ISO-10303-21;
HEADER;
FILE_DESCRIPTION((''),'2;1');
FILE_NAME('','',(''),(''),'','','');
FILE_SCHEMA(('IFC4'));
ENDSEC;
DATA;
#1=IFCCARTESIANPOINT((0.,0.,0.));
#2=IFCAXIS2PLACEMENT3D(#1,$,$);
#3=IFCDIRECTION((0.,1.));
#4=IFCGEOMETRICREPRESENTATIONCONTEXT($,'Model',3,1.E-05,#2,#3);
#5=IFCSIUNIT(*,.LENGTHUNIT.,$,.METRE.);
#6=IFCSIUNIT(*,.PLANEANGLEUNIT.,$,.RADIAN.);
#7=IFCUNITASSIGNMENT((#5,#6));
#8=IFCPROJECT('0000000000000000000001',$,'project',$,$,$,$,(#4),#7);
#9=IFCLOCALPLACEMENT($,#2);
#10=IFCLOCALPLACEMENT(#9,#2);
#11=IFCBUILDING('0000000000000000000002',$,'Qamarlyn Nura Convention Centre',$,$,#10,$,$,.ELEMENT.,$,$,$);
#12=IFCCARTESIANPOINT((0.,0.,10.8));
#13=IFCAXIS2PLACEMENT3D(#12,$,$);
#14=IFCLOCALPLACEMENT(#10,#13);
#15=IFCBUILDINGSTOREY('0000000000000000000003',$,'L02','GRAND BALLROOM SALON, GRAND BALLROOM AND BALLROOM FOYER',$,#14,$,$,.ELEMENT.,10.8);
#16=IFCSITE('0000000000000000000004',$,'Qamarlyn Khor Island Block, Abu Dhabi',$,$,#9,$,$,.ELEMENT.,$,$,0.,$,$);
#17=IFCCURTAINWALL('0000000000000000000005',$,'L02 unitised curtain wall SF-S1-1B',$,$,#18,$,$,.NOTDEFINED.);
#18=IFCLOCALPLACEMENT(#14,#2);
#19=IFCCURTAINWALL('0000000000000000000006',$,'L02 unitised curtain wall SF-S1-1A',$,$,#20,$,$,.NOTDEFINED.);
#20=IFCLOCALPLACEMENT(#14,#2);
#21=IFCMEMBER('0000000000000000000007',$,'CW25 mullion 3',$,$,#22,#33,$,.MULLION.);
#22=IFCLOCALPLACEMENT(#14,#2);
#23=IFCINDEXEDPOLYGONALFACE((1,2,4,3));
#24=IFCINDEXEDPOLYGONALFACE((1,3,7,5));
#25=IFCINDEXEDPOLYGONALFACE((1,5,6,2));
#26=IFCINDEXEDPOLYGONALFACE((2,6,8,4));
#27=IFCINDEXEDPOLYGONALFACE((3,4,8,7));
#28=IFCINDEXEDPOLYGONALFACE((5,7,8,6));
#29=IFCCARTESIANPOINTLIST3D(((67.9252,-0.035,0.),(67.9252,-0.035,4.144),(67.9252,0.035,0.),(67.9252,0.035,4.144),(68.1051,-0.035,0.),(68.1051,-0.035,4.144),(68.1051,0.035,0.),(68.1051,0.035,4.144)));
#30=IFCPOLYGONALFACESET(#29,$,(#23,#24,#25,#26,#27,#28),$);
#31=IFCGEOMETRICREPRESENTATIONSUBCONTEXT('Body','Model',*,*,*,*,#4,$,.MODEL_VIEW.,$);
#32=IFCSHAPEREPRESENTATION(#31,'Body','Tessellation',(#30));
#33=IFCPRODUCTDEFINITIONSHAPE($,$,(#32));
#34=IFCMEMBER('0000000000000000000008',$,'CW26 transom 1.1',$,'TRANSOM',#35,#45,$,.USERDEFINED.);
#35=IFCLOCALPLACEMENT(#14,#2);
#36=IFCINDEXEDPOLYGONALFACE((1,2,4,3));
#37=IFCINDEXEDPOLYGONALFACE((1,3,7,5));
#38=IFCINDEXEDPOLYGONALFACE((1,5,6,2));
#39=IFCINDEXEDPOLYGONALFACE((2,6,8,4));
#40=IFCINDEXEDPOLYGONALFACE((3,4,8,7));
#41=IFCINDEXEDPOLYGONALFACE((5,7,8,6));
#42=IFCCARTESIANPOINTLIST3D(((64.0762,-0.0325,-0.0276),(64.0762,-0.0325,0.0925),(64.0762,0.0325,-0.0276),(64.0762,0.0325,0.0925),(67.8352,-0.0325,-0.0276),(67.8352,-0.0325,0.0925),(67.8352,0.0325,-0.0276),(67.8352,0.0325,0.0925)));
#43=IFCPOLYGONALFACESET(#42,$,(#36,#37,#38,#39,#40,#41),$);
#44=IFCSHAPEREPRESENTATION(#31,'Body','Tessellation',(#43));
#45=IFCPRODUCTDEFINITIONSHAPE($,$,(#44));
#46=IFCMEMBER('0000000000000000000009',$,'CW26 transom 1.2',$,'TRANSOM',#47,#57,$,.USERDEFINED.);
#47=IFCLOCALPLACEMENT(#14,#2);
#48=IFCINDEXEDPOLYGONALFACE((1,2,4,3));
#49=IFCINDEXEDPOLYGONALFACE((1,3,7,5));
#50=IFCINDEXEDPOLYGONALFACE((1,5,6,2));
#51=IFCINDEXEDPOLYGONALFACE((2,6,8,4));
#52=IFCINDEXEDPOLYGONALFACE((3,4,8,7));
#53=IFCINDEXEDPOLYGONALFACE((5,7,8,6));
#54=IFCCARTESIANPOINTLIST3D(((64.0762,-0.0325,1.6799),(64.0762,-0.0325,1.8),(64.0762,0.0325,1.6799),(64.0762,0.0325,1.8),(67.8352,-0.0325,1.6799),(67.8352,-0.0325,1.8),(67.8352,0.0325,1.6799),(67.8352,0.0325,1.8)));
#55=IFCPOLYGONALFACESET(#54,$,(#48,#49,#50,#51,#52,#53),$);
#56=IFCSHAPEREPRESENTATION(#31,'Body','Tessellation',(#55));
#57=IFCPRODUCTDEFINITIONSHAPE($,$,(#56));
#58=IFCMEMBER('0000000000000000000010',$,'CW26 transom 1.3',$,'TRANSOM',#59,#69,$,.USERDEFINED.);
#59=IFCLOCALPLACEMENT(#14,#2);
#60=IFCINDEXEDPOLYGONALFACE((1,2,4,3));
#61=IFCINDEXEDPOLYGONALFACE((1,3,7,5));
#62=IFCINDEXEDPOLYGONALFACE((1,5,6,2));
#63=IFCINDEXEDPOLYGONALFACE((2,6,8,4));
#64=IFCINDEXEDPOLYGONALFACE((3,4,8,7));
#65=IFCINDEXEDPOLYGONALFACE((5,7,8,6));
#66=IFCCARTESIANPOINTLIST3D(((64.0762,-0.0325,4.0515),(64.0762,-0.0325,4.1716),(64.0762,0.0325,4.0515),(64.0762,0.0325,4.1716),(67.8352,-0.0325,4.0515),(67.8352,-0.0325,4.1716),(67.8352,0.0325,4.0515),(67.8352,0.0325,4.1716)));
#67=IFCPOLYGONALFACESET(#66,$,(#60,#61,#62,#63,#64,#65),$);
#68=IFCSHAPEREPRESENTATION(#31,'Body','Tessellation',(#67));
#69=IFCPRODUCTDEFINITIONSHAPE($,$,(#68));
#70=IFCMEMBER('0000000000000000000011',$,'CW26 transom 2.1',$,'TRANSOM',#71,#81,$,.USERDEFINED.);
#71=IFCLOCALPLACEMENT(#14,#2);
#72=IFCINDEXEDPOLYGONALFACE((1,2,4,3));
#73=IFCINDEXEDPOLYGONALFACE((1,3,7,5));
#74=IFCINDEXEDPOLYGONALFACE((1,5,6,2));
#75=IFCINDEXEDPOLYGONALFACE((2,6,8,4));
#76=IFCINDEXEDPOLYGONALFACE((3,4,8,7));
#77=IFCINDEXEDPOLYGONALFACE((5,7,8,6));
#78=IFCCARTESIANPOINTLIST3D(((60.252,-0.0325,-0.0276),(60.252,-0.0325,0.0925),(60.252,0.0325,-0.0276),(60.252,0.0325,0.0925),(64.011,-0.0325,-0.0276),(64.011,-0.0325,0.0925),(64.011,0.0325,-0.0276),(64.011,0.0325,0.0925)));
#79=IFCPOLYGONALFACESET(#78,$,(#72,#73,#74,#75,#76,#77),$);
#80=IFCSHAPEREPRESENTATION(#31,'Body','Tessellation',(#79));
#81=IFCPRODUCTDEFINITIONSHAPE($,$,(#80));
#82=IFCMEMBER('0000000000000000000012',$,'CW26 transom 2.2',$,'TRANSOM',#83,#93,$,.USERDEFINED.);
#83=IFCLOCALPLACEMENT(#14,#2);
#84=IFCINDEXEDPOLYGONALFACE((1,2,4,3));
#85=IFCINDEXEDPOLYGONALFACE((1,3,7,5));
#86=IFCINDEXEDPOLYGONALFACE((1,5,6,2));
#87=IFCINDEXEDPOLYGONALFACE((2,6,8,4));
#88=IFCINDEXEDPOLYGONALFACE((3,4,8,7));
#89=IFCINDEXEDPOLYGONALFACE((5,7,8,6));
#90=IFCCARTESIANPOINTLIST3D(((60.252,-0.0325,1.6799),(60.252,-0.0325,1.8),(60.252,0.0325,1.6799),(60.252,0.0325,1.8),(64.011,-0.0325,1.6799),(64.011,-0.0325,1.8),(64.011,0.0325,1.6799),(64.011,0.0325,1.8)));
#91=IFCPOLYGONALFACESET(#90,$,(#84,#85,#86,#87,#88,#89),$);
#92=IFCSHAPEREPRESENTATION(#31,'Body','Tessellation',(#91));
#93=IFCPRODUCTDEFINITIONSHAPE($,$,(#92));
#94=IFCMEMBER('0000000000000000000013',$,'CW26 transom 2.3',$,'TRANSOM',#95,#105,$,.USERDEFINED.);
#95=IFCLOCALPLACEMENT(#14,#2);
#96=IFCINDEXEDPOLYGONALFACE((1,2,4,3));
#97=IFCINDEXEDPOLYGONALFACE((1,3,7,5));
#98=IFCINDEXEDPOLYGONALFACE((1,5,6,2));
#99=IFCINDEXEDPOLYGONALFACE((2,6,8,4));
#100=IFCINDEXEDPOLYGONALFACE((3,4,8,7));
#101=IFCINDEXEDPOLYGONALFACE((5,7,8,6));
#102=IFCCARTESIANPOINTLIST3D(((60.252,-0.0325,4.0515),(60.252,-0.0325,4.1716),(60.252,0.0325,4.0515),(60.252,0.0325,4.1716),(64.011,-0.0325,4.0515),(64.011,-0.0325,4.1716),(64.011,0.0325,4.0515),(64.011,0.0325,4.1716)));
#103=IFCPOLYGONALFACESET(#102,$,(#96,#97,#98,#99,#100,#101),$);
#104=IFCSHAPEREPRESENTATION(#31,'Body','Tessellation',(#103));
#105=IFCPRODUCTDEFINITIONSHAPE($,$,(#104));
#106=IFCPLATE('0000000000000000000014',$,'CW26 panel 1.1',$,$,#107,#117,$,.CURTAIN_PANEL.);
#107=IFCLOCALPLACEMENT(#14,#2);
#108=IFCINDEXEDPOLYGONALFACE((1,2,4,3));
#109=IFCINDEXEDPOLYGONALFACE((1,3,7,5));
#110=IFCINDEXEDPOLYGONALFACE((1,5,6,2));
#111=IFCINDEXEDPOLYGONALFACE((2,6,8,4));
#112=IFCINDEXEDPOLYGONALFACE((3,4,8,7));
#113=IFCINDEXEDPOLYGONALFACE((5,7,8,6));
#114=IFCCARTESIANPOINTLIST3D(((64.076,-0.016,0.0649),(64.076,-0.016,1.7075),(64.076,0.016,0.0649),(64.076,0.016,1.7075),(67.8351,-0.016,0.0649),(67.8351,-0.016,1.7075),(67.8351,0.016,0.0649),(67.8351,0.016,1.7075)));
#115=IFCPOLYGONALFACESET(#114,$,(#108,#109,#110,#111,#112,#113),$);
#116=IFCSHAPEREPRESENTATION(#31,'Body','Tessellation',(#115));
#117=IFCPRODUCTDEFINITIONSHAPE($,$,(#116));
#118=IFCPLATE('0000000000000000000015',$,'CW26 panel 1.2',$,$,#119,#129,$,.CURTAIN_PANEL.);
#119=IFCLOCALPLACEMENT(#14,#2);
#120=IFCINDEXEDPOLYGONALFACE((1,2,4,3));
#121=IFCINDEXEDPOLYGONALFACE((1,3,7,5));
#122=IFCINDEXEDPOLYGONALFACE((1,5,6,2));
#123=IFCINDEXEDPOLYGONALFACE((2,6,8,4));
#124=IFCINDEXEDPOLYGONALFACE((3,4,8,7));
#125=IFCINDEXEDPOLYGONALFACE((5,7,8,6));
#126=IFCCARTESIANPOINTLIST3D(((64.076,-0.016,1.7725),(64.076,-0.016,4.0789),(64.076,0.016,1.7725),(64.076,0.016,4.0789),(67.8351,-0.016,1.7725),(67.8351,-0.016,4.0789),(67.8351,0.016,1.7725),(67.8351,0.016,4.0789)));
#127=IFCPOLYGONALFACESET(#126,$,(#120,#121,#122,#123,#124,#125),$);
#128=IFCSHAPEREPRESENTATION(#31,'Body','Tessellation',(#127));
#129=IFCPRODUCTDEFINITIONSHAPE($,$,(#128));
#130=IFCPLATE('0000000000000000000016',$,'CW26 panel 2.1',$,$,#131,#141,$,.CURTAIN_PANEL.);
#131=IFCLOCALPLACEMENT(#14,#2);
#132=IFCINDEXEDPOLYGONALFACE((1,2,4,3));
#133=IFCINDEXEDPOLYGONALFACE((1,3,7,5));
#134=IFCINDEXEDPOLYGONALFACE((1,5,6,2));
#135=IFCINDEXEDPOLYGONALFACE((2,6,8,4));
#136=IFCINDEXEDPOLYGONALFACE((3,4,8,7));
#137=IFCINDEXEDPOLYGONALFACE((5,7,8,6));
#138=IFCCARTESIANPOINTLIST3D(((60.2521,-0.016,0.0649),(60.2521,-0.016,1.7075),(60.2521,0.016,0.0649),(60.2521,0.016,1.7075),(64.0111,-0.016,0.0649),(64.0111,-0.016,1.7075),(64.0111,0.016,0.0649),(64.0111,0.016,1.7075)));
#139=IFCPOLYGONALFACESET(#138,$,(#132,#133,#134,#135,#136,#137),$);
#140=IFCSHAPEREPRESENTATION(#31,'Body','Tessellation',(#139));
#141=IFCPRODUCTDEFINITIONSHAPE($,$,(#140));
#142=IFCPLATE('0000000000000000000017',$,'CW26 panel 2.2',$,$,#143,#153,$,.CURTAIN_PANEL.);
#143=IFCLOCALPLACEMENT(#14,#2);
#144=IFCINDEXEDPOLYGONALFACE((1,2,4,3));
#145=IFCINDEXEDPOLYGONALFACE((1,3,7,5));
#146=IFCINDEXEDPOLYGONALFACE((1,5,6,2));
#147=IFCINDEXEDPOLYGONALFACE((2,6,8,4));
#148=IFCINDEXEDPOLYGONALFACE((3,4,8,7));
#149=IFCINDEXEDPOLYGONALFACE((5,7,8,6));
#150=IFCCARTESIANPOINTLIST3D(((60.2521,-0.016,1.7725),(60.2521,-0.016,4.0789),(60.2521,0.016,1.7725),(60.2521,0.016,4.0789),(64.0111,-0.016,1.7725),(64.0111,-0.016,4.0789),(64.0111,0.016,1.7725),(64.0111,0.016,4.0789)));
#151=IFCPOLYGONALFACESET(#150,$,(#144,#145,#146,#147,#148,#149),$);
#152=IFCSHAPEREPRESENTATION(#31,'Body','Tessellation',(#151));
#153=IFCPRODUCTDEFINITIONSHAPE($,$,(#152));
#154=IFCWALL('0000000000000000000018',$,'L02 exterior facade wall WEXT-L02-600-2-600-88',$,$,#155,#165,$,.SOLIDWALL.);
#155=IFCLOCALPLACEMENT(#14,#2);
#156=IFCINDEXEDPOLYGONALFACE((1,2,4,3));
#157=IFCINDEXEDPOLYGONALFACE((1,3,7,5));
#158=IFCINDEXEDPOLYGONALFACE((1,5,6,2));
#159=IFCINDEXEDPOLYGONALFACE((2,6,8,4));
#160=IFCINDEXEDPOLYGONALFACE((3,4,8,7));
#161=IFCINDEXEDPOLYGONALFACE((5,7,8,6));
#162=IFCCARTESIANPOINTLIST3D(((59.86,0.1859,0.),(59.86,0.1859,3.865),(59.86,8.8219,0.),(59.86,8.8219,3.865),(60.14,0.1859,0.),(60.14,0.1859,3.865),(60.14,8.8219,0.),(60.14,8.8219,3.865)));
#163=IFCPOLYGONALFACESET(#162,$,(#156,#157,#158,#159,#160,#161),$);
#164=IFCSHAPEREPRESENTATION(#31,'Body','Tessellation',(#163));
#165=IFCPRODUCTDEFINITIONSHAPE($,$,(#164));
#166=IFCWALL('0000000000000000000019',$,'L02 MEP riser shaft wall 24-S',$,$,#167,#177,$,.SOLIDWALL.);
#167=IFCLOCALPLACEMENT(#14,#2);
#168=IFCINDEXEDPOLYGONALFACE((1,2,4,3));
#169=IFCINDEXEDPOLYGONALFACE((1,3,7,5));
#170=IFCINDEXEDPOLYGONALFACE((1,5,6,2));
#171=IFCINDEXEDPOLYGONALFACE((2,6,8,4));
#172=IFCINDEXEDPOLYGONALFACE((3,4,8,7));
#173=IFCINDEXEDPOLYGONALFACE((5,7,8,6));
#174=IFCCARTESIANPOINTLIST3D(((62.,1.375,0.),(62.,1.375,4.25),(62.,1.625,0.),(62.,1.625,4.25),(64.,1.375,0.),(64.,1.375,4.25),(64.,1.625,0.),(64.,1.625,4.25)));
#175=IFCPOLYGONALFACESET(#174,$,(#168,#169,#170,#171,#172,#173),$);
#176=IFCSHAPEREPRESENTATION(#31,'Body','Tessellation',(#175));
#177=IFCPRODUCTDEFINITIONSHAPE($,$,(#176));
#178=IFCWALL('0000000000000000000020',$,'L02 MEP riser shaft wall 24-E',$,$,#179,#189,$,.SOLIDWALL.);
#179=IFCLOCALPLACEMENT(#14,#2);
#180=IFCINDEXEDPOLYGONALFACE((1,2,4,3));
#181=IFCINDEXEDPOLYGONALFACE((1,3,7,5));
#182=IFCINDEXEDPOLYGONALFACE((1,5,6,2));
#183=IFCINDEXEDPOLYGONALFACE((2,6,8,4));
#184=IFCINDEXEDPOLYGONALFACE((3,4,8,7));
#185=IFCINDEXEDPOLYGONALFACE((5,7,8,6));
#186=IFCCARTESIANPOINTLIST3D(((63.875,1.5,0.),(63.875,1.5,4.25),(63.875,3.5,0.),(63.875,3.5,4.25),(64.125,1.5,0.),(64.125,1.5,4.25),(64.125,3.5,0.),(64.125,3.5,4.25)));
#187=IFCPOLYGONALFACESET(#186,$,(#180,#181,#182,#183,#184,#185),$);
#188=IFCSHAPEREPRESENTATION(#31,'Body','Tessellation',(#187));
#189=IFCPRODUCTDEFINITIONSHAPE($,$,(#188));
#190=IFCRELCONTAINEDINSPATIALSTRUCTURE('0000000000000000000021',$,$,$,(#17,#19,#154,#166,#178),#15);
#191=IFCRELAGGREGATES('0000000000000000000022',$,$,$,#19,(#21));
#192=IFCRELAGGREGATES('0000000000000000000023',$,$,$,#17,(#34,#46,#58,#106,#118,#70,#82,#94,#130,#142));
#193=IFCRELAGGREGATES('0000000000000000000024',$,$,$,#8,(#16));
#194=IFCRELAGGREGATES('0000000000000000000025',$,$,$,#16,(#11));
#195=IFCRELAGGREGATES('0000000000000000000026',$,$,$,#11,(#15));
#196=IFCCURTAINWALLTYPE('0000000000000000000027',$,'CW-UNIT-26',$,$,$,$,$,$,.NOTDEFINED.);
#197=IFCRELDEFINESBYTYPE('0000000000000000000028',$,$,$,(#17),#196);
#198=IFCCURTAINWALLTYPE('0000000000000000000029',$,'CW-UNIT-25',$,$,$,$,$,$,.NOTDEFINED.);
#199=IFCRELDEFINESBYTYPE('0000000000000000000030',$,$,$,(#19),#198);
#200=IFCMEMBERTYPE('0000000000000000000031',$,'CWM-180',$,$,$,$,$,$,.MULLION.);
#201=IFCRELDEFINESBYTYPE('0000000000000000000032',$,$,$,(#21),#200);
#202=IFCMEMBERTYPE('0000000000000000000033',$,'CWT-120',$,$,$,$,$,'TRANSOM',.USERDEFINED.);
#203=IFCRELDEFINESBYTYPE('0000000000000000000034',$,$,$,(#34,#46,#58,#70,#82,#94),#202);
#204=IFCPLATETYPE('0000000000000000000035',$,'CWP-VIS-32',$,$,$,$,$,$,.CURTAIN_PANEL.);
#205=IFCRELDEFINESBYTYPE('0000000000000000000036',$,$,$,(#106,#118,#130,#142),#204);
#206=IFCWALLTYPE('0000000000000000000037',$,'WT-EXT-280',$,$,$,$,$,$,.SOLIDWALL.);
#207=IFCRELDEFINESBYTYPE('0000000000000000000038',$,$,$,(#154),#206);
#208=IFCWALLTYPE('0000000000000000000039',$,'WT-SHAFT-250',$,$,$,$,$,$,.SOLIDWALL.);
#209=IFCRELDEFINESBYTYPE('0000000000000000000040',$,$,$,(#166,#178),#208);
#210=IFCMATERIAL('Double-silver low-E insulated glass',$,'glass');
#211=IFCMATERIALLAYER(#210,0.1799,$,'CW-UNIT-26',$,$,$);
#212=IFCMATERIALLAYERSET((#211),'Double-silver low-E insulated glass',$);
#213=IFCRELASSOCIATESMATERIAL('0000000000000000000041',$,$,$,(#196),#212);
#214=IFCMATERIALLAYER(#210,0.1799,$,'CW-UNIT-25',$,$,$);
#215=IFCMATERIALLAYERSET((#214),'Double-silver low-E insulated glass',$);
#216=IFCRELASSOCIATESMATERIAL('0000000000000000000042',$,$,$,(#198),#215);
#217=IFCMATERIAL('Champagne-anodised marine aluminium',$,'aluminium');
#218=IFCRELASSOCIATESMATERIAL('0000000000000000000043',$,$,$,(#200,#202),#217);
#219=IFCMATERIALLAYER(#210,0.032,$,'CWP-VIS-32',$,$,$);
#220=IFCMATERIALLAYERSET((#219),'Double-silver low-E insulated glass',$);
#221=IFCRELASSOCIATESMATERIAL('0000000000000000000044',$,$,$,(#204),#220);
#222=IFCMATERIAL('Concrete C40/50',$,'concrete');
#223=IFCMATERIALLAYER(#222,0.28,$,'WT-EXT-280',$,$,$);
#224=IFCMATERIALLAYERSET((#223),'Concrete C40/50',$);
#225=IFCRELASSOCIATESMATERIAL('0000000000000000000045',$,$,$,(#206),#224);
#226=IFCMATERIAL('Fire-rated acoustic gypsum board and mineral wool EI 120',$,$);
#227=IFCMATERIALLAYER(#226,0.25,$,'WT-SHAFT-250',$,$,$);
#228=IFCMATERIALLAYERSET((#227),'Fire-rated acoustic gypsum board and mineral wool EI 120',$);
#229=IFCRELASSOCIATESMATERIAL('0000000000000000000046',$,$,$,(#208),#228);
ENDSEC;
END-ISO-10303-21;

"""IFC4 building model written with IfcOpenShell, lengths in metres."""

from ifc_helpers import new_model, si_unit, direction, frame, frame_2d, origin, origin_2d, place, context, subcontext, project, spatial, rectangle, extrude, material, layer, layer_set, material_profile, profile_set, type_object, element, aggregate, save


model = new_model("IFC4")

# Units and contexts
model_context = context("Model", 3, precision=1e-05, world=origin(), true_north=direction((0.0, 1.0)))
body_context = subcontext(model_context, "Body", "Model", "MODEL_VIEW")
ifc_project = project(units=[si_unit("LENGTHUNIT", "METRE"), si_unit("PLANEANGLEUNIT", "RADIAN")], contexts=[model_context])

# Site, building, storey
site_placement = place(None, origin())
site = spatial("IfcSite", under=ifc_project, at=site_placement, Name="Qamarlyn Khor Island Block, Abu Dhabi", CompositionType="ELEMENT", RefElevation=0.0)
building_placement = place(site_placement, origin())
building = spatial("IfcBuilding", under=site, at=building_placement, Name="Qamarlyn Nura Convention Centre", CompositionType="ELEMENT")
storey_placement = place(building_placement, frame((0.0, 0.0, 10.8)))
storey = spatial("IfcBuildingStorey", under=building, at=storey_placement, Name="L02", Description="GRAND BALLROOM SALON, GRAND BALLROOM AND BALLROOM FOYER", CompositionType="ELEMENT", Elevation=10.8)

# Curtain wall
ifc_material_1 = material(Name="Double-silver low-E insulated glass", Category="glass")
ifc_layer_1 = layer(ifc_material_1, 0.1799, Name="CW-UNIT-26")
ifc_layer_set_1 = layer_set([ifc_layer_1], Name="Double-silver low-E insulated glass")
curtain_wall_type_1 = type_object("IfcCurtainWallType", Name="CW-UNIT-26", PredefinedType="NOTDEFINED", material=ifc_layer_set_1)
curtain_wall_1_placement = place(storey_placement, origin())
curtain_wall_1 = element("IfcCurtainWall", 1, at=curtain_wall_1_placement, inside=storey, type_object=curtain_wall_type_1, Name="L02 unitised curtain wall SF-S1-1B", PredefinedType="NOTDEFINED")
ifc_material_2 = material(Name="Champagne-anodised marine aluminium", Category="aluminium")

# Curtain wall, member
ifc_layer_2 = layer(ifc_material_1, 0.1799, Name="CW-UNIT-25")
ifc_layer_set_2 = layer_set([ifc_layer_2], Name="Double-silver low-E insulated glass")
curtain_wall_type_2 = type_object("IfcCurtainWallType", Name="CW-UNIT-25", PredefinedType="NOTDEFINED", material=ifc_layer_set_2)
curtain_wall_2_placement = place(storey_placement, origin())
curtain_wall_2 = element("IfcCurtainWall", 2, at=curtain_wall_2_placement, inside=storey, type_object=curtain_wall_type_2, Name="L02 unitised curtain wall SF-S1-1A", PredefinedType="NOTDEFINED")
ifc_material_profile_1 = material_profile(ifc_material_2, rectangle(XDim=0.0701, YDim=0.1799, at=origin_2d()), Name="ALU MULLION 70x180")
ifc_profile_set_1 = profile_set([ifc_material_profile_1], Name="Champagne-anodised marine aluminium")
member_type_1 = type_object("IfcMemberType", Name="CWM-180", PredefinedType="MULLION", material=ifc_profile_set_1)
member_1_placement = place(storey_placement, frame((68.0151, 0.0, 0.0), z_axis=(0.0, 0.0, 1.0), x_axis=(0.0, -1.0, 0.0)))
member_1 = element("IfcMember", 3, at=member_1_placement, type_object=member_type_1, Name="CW25 mullion 3", PredefinedType="MULLION", context=body_context, shape_type="SweptSolid", body=[
    extrude(rectangle(XDim=0.0701, YDim=0.1799, at=origin_2d()), origin(), (0.0, 0.0, 1.0), 4.144),
])
aggregate(curtain_wall_2, [member_1])

# Members
ifc_material_profile_2 = material_profile(ifc_material_2, rectangle(XDim=0.0649, YDim=0.1201, at=origin_2d()), Name="ALU TRANSOM 65x120")
ifc_profile_set_2 = profile_set([ifc_material_profile_2], Name="Champagne-anodised marine aluminium")
member_type_2 = type_object("IfcMemberType", Name="CWT-120", ElementType="TRANSOM", PredefinedType="USERDEFINED", material=ifc_profile_set_2)
member_2_placement = place(storey_placement, frame((67.8352, 0.0, 0.0325), z_axis=(-1.0, 0.0, 0.0), x_axis=(0.0, -1.0, 0.0)))
member_2 = element("IfcMember", 4, at=member_2_placement, type_object=member_type_2, Name="CW26 transom 1.1", ObjectType="TRANSOM", PredefinedType="USERDEFINED", context=body_context, shape_type="SweptSolid", body=[
    extrude(rectangle(XDim=0.0649, YDim=0.1201, at=origin_2d()), origin(), (0.0, 0.0, 1.0), 3.759),
])
member_3_placement = place(storey_placement, frame((67.8352, 0.0, 1.74), z_axis=(-1.0, 0.0, 0.0), x_axis=(0.0, -1.0, 0.0)))
member_3 = element("IfcMember", 5, at=member_3_placement, type_object=member_type_2, Name="CW26 transom 1.2", ObjectType="TRANSOM", PredefinedType="USERDEFINED", context=body_context, shape_type="SweptSolid", body=[
    extrude(rectangle(XDim=0.0649, YDim=0.1201, at=origin_2d()), origin(), (0.0, 0.0, 1.0), 3.759),
])
member_4_placement = place(storey_placement, frame((67.8352, 0.0, 4.1116), z_axis=(-1.0, 0.0, 0.0), x_axis=(0.0, -1.0, 0.0)))
member_4 = element("IfcMember", 6, at=member_4_placement, type_object=member_type_2, Name="CW26 transom 1.3", ObjectType="TRANSOM", PredefinedType="USERDEFINED", context=body_context, shape_type="SweptSolid", body=[
    extrude(rectangle(XDim=0.0649, YDim=0.1201, at=origin_2d()), origin(), (0.0, 0.0, 1.0), 3.759),
])
member_5_placement = place(storey_placement, frame((64.011, 0.0, 0.0325), z_axis=(-1.0, 0.0, 0.0), x_axis=(0.0, -1.0, 0.0)))
member_5 = element("IfcMember", 7, at=member_5_placement, type_object=member_type_2, Name="CW26 transom 2.1", ObjectType="TRANSOM", PredefinedType="USERDEFINED", context=body_context, shape_type="SweptSolid", body=[
    extrude(rectangle(XDim=0.0649, YDim=0.1201, at=origin_2d()), origin(), (0.0, 0.0, 1.0), 3.759),
])
member_6_placement = place(storey_placement, frame((64.011, 0.0, 1.74), z_axis=(-1.0, 0.0, 0.0), x_axis=(0.0, -1.0, 0.0)))
member_6 = element("IfcMember", 8, at=member_6_placement, type_object=member_type_2, Name="CW26 transom 2.2", ObjectType="TRANSOM", PredefinedType="USERDEFINED", context=body_context, shape_type="SweptSolid", body=[
    extrude(rectangle(XDim=0.0649, YDim=0.1201, at=origin_2d()), origin(), (0.0, 0.0, 1.0), 3.759),
])
member_7_placement = place(storey_placement, frame((64.011, 0.0, 4.1116), z_axis=(-1.0, 0.0, 0.0), x_axis=(0.0, -1.0, 0.0)))
member_7 = element("IfcMember", 9, at=member_7_placement, type_object=member_type_2, Name="CW26 transom 2.3", ObjectType="TRANSOM", PredefinedType="USERDEFINED", context=body_context, shape_type="SweptSolid", body=[
    extrude(rectangle(XDim=0.0649, YDim=0.1201, at=origin_2d()), origin(), (0.0, 0.0, 1.0), 3.759),
])

# Plates
ifc_layer_3 = layer(ifc_material_1, 0.032, Name="CWP-VIS-32")
ifc_layer_set_3 = layer_set([ifc_layer_3], Name="Double-silver low-E insulated glass")
plate_type = type_object("IfcPlateType", Name="CWP-VIS-32", PredefinedType="CURTAIN_PANEL", material=ifc_layer_set_3)
plate_1_placement = place(storey_placement, frame((65.9556, 0.0, 0.0649), z_axis=(0.0, 0.0, 1.0), x_axis=(-1.0, 0.0, 0.0)))
plate_1 = element("IfcPlate", 10, at=plate_1_placement, type_object=plate_type, Name="CW26 panel 1.1", PredefinedType="CURTAIN_PANEL", context=body_context, shape_type="SweptSolid", body=[
    extrude(rectangle(XDim=3.759, YDim=0.032, at=origin_2d()), origin(), (0.0, 0.0, 1.0), 1.6426),
])
plate_2_placement = place(storey_placement, frame((65.9556, 0.0, 1.7725), z_axis=(0.0, 0.0, 1.0), x_axis=(-1.0, 0.0, 0.0)))
plate_2 = element("IfcPlate", 11, at=plate_2_placement, type_object=plate_type, Name="CW26 panel 1.2", PredefinedType="CURTAIN_PANEL", context=body_context, shape_type="SweptSolid", body=[
    extrude(rectangle(XDim=3.759, YDim=0.032, at=origin_2d()), origin(), (0.0, 0.0, 1.0), 2.3064),
])
plate_3_placement = place(storey_placement, frame((62.1316, 0.0, 0.0649), z_axis=(0.0, 0.0, 1.0), x_axis=(-1.0, 0.0, 0.0)))
plate_3 = element("IfcPlate", 12, at=plate_3_placement, type_object=plate_type, Name="CW26 panel 2.1", PredefinedType="CURTAIN_PANEL", context=body_context, shape_type="SweptSolid", body=[
    extrude(rectangle(XDim=3.759, YDim=0.032, at=origin_2d()), origin(), (0.0, 0.0, 1.0), 1.6426),
])
plate_4_placement = place(storey_placement, frame((62.1316, 0.0, 1.7725), z_axis=(0.0, 0.0, 1.0), x_axis=(-1.0, 0.0, 0.0)))
plate_4 = element("IfcPlate", 13, at=plate_4_placement, type_object=plate_type, Name="CW26 panel 2.2", PredefinedType="CURTAIN_PANEL", context=body_context, shape_type="SweptSolid", body=[
    extrude(rectangle(XDim=3.759, YDim=0.032, at=origin_2d()), origin(), (0.0, 0.0, 1.0), 2.3064),
])
aggregate(curtain_wall_1, [member_2, member_3, member_4, plate_1, plate_2, member_5, member_6, member_7, plate_3, plate_4])

# Walls
ifc_material_3 = material(Name="Concrete C40/50", Category="concrete")
ifc_layer_4 = layer(ifc_material_3, 0.28, Name="WT-EXT-280")
ifc_layer_set_4 = layer_set([ifc_layer_4], Name="Concrete C40/50")
wall_type_1 = type_object("IfcWallType", Name="WT-EXT-280", PredefinedType="SOLIDWALL", material=ifc_layer_set_4)
wall_placement = place(storey_placement, frame((60.0, 0.186, 0.0), z_axis=(0.0, 0.0, 1.0), x_axis=(0.0, 1.0, 0.0)))
element("IfcWall", 14, at=wall_placement, inside=storey, type_object=wall_type_1, Name="L02 exterior facade wall WEXT-L02-600-2-600-88", PredefinedType="SOLIDWALL", context=body_context, shape_type="SweptSolid", body=[
    extrude(rectangle(XDim=8.636, YDim=0.28, at=frame_2d((4.3179, 0.0))), origin(), (0.0, 0.0, 1.0), 3.865),
])
ifc_material_4 = material(Name="Fire-rated acoustic gypsum board and mineral wool EI 120")
ifc_layer_5 = layer(ifc_material_4, 0.25, Name="WT-SHAFT-250")
ifc_layer_set_5 = layer_set([ifc_layer_5], Name="Fire-rated acoustic gypsum board and mineral wool EI 120")
wall_type_2 = type_object("IfcWallType", Name="WT-SHAFT-250", PredefinedType="SOLIDWALL", material=ifc_layer_set_5)
for number, where, z_axis, x_axis, name in (
    (15, (62.0, 1.5, 0.0), (0.0, 0.0, 1.0), (1.0, 0.0, 0.0), "L02 MEP riser shaft wall 24-S"),
    (16, (64.0, 1.5, 0.0), (0.0, 0.0, 1.0), (0.0, 1.0, 0.0), "L02 MEP riser shaft wall 24-E"),
):
    element("IfcWall", number, at=place(storey_placement, frame(where, z_axis=z_axis, x_axis=x_axis)), inside=storey, type_object=wall_type_2, Name=name, PredefinedType="SOLIDWALL", context=body_context, shape_type="SweptSolid", body=[
        extrude(rectangle(XDim=2.0, YDim=0.25, at=frame_2d((1.0, 0.0))), origin(), (0.0, 0.0, 1.0), 4.25),
    ])

save(model, "model.ifc")
